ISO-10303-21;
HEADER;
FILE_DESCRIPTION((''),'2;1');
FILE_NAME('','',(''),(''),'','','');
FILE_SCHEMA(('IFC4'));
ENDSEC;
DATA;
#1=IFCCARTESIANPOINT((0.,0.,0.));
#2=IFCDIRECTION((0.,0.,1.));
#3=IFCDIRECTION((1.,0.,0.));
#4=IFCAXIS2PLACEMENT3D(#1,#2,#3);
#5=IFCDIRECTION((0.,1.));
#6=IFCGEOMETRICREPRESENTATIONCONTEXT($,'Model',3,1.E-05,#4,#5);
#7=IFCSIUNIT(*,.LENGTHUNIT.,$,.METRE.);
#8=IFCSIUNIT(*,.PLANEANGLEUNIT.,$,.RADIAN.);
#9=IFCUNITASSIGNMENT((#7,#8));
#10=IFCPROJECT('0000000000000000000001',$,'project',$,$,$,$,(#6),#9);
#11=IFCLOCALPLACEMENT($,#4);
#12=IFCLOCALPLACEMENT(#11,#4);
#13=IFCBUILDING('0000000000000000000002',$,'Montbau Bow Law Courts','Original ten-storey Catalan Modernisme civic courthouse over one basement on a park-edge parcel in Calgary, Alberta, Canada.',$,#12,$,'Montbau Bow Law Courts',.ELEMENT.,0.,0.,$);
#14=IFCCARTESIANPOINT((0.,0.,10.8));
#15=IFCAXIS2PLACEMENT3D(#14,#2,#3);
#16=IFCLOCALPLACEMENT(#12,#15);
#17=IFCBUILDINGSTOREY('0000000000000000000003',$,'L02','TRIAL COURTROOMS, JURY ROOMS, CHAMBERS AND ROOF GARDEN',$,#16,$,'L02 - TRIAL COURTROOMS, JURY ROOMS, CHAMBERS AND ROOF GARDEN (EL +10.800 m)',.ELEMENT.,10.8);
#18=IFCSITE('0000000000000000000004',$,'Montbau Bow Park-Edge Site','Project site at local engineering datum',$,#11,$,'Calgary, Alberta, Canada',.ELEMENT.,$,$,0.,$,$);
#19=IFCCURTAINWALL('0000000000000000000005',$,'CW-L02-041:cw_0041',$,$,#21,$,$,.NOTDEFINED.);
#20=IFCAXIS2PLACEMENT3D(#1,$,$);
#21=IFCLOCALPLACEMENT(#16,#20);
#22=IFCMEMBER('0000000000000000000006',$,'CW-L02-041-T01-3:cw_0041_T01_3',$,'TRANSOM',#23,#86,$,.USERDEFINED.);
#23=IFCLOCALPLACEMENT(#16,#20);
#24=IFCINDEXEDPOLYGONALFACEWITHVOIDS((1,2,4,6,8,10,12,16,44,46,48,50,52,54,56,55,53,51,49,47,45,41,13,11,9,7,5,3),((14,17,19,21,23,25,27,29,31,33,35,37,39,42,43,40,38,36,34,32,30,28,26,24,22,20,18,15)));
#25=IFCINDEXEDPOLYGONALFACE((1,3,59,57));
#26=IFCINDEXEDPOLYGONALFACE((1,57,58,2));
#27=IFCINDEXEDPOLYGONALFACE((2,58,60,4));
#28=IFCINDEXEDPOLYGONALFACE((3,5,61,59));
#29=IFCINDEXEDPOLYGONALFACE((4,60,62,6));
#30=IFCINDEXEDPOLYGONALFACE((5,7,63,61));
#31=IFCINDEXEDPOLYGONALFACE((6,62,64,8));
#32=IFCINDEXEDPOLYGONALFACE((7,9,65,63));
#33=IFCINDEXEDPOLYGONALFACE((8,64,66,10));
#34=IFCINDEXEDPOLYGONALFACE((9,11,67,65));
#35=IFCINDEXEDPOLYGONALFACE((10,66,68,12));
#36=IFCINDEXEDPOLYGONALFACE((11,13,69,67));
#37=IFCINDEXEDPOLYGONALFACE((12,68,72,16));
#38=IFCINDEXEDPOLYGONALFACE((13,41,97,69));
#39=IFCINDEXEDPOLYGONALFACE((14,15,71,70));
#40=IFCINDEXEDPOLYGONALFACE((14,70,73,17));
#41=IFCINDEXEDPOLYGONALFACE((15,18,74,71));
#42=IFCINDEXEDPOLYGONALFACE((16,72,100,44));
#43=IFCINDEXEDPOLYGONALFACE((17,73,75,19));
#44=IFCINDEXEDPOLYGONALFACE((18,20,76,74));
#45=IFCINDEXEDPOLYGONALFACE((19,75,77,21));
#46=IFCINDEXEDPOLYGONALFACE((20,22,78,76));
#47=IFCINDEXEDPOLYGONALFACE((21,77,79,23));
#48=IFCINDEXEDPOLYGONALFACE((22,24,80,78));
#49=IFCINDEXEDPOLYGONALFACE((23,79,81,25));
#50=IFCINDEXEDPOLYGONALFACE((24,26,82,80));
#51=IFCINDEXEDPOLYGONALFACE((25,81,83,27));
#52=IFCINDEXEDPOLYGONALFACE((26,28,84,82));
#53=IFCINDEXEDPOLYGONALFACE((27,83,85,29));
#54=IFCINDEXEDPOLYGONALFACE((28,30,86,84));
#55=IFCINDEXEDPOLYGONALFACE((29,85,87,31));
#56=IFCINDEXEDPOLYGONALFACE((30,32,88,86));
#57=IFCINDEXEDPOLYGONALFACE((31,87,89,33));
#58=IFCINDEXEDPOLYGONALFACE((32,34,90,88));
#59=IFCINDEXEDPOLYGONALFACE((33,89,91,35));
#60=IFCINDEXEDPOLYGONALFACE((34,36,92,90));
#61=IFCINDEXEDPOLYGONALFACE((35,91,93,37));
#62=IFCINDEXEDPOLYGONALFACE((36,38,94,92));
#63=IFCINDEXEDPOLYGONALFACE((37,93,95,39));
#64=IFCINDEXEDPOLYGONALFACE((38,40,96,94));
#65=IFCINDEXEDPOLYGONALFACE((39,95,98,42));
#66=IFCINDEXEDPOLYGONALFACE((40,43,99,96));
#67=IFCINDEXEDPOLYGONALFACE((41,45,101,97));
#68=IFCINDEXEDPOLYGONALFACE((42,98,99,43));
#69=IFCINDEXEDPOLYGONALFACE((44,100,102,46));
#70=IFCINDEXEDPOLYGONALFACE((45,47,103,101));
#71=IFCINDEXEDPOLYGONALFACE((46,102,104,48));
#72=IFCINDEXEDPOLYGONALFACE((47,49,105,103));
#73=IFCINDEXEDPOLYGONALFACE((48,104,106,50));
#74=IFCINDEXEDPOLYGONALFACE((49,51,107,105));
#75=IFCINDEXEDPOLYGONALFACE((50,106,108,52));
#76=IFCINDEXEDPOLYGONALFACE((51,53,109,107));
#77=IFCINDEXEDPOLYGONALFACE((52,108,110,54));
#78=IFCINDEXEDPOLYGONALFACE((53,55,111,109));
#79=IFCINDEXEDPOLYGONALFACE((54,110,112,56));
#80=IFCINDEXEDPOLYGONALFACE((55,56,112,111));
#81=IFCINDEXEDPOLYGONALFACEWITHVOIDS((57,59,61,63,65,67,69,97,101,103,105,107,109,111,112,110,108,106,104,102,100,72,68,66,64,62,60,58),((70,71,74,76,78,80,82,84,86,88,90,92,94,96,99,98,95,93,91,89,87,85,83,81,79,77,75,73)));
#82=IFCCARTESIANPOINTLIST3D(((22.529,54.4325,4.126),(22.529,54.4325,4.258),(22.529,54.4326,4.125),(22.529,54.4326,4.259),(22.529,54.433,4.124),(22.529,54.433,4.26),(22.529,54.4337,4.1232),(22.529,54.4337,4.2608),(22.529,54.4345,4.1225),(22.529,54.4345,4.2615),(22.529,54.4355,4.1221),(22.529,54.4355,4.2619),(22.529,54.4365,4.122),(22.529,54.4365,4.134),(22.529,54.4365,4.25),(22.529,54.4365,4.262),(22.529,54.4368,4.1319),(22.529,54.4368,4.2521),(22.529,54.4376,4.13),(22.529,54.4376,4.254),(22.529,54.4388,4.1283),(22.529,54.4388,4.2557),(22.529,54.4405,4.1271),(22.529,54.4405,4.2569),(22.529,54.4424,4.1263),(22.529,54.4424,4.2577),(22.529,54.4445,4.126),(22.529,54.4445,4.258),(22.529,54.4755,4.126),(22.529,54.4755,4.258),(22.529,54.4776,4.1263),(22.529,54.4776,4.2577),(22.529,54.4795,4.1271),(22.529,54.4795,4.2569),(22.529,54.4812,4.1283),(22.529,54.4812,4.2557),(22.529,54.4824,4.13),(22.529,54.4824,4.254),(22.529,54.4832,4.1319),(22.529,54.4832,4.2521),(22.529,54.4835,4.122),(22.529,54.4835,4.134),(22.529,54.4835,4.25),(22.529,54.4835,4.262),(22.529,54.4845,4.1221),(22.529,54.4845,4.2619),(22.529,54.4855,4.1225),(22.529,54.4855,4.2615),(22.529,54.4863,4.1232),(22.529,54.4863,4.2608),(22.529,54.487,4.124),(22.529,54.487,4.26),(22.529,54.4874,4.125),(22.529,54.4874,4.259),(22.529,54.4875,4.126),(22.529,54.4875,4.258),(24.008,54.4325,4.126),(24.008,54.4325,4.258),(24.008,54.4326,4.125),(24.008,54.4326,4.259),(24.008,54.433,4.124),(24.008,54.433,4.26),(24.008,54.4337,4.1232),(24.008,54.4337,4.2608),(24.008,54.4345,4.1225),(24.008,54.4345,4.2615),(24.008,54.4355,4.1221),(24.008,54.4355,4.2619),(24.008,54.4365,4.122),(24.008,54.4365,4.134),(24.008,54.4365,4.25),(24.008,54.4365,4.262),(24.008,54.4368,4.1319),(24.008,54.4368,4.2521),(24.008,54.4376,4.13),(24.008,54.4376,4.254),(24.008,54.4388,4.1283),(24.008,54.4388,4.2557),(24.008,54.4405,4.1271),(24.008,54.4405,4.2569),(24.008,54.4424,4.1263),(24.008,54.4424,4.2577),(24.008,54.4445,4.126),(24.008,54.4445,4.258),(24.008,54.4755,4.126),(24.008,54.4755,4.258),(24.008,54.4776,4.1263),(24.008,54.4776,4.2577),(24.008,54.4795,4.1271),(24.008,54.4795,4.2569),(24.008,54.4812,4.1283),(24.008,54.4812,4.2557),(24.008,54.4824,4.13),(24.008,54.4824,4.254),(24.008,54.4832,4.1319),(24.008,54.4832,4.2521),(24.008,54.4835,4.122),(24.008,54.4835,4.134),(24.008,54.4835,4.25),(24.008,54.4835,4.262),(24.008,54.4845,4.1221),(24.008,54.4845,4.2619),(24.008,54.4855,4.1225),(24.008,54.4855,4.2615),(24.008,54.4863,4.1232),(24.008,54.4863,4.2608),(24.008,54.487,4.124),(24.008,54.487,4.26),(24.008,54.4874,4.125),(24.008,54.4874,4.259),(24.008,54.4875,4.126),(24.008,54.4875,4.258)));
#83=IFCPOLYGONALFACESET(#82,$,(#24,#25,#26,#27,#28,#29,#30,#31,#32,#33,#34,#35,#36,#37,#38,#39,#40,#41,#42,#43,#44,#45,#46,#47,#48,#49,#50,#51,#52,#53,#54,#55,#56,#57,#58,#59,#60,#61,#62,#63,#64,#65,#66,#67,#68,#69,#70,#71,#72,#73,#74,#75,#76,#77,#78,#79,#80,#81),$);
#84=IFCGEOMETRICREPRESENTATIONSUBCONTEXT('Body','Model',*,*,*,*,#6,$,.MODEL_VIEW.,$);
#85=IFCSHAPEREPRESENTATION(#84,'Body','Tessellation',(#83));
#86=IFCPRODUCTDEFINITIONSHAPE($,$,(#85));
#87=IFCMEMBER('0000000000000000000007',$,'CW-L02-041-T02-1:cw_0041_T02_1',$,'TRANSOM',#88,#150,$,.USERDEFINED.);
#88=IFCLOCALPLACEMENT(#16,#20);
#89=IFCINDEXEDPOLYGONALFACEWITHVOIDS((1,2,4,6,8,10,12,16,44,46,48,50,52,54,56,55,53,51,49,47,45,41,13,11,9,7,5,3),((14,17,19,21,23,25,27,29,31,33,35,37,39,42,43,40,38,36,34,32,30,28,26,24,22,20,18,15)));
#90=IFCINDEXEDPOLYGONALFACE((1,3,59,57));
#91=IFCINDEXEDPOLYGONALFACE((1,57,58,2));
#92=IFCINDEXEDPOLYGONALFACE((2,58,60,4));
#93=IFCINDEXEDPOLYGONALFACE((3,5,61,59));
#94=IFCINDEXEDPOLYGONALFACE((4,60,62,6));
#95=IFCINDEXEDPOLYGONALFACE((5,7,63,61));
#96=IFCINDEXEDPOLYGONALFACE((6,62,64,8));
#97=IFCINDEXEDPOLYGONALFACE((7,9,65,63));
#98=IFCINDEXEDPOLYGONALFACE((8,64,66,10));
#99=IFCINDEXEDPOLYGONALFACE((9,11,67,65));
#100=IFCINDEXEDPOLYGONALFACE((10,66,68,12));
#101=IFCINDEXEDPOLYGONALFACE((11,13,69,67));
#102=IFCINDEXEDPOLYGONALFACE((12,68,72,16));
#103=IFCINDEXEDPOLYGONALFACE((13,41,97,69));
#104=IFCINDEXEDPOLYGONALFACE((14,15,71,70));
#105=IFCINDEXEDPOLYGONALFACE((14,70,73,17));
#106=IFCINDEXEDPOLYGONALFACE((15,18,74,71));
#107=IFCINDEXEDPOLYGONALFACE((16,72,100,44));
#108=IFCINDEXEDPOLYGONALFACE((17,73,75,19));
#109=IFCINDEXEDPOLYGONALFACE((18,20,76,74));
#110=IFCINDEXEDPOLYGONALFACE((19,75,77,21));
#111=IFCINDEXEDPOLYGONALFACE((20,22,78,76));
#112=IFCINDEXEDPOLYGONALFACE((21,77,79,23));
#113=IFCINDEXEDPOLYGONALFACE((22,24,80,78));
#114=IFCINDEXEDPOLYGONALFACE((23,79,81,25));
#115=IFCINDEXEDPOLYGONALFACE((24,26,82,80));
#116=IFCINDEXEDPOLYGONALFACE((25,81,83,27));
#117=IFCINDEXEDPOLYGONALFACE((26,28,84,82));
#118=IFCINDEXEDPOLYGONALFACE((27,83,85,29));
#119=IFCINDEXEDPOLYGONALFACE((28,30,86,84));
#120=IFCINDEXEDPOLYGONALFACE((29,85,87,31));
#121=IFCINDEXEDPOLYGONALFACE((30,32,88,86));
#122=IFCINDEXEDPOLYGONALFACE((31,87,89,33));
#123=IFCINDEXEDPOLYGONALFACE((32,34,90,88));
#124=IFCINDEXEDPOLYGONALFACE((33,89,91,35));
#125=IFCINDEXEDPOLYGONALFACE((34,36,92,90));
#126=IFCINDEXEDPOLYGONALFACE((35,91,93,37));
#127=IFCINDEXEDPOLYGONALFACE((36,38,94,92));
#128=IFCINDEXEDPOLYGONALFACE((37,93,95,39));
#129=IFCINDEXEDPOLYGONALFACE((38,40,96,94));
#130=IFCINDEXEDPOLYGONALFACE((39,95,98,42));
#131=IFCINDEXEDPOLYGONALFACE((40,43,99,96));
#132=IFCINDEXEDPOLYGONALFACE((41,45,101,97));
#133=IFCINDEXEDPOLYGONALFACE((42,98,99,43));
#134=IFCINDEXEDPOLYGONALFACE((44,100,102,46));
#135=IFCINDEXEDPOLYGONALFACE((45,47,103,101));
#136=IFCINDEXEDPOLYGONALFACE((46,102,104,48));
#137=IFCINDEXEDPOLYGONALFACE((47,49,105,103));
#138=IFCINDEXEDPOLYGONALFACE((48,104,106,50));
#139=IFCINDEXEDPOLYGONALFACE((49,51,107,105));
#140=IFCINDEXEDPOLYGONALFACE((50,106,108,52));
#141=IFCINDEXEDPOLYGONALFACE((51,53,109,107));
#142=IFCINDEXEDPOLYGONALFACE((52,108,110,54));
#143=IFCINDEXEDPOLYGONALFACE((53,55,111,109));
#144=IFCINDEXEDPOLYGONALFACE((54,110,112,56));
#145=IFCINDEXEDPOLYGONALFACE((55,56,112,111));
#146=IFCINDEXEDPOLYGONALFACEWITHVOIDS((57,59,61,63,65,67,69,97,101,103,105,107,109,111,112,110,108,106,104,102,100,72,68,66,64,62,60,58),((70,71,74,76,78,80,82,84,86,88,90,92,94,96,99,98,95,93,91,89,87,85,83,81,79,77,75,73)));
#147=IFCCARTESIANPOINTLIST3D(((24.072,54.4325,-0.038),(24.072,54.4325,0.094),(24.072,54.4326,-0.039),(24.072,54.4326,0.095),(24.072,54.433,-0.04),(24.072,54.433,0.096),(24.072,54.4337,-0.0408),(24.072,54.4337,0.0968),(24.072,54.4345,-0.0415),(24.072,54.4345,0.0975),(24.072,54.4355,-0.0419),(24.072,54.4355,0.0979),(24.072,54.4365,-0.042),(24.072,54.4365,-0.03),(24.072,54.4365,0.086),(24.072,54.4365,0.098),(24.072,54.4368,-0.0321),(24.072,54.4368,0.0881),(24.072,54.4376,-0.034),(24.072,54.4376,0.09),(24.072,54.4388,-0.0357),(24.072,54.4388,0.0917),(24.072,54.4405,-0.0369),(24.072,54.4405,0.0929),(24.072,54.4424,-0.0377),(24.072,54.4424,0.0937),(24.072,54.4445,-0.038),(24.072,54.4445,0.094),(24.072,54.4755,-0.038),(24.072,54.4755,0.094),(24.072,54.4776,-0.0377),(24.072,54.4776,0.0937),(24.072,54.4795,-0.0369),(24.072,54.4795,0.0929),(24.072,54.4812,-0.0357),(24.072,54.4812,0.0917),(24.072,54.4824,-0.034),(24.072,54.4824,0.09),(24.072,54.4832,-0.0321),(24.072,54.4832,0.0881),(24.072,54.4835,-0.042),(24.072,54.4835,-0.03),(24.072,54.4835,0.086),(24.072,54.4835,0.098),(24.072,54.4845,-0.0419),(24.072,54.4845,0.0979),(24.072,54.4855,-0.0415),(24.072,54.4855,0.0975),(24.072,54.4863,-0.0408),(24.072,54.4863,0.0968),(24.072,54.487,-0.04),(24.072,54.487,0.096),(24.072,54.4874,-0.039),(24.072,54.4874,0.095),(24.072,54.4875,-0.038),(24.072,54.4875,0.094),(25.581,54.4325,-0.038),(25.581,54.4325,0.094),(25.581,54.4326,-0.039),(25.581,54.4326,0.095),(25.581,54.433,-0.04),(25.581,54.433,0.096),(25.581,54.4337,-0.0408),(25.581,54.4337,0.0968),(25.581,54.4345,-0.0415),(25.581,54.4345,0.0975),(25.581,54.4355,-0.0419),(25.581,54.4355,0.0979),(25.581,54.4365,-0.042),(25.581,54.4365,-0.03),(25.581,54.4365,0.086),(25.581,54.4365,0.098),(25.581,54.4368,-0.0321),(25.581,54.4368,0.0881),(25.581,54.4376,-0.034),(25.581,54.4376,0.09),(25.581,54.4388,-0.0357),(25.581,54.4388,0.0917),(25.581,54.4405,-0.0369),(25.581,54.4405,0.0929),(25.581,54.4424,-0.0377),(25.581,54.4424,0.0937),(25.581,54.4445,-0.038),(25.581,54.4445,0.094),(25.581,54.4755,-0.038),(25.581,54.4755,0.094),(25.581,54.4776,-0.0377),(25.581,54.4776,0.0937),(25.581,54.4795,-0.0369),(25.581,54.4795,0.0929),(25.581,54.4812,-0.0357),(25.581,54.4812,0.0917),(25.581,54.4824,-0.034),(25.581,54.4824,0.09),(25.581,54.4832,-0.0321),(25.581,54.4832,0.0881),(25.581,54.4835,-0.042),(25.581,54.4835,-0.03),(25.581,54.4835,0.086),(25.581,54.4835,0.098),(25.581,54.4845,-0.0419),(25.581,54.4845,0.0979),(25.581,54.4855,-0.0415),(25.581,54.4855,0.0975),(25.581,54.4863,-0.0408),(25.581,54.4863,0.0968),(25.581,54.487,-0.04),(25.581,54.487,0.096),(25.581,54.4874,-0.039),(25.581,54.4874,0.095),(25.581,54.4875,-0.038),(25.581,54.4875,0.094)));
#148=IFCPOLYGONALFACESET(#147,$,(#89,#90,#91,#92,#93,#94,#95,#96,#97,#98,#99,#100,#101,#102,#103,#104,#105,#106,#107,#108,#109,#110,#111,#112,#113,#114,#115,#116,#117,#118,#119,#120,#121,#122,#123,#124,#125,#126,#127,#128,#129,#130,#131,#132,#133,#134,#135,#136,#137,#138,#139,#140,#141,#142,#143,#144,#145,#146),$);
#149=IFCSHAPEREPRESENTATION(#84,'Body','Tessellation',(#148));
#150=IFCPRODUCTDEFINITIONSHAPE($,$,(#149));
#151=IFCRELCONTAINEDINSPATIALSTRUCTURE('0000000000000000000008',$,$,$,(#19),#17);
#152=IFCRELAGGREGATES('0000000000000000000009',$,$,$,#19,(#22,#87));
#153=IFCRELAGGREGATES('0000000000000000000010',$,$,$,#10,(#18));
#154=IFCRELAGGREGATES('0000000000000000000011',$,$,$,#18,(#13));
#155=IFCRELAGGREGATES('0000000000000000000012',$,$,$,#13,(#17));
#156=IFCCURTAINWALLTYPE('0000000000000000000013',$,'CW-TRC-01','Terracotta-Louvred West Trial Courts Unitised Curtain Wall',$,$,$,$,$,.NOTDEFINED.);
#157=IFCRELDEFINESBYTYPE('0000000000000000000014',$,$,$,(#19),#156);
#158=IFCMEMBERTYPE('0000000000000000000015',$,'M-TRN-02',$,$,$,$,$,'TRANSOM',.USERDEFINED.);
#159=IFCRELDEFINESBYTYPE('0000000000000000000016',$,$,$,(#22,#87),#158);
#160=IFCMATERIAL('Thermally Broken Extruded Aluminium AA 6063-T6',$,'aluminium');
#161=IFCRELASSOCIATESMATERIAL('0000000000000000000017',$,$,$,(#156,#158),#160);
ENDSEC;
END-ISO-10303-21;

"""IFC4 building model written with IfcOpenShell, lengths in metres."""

from ifc_helpers import new_model, si_unit, direction, frame, origin_with_axes, origin_2d_with_axis, place, context, subcontext, project, spatial, hollow_rectangle, extrude, material, material_profile, profile_set, type_object, element, aggregate, save


model = new_model("IFC4")

# Units and contexts
model_context = context("Model", 3, precision=1e-05, world=origin_with_axes(), true_north=direction((0.0, 1.0)))
body_context = subcontext(model_context, "Body", "Model", "MODEL_VIEW")
ifc_project = project(units=[si_unit("LENGTHUNIT", "METRE"), si_unit("PLANEANGLEUNIT", "RADIAN")], contexts=[model_context])

# Site, building, storey
site_placement = place(None, origin_with_axes())
site = spatial("IfcSite", under=ifc_project, at=site_placement, Name="Montbau Bow Park-Edge Site", Description="Project site at local engineering datum", LongName="Calgary, Alberta, Canada", CompositionType="ELEMENT", RefElevation=0.0)
building_placement = place(site_placement, origin_with_axes())
building = spatial("IfcBuilding", under=site, at=building_placement, Name="Montbau Bow Law Courts", Description="Original ten-storey Catalan Modernisme civic courthouse over one basement on a park-edge parcel in Calgary, Alberta, Canada.", LongName="Montbau Bow Law Courts", CompositionType="ELEMENT", ElevationOfRefHeight=0.0, ElevationOfTerrain=0.0)
storey_placement = place(building_placement, frame((0.0, 0.0, 10.8), z_axis=(0.0, 0.0, 1.0), x_axis=(1.0, 0.0, 0.0)))
storey = spatial("IfcBuildingStorey", under=building, at=storey_placement, Name="L02", Description="TRIAL COURTROOMS, JURY ROOMS, CHAMBERS AND ROOF GARDEN", LongName="L02 - TRIAL COURTROOMS, JURY ROOMS, CHAMBERS AND ROOF GARDEN (EL +10.800 m)", CompositionType="ELEMENT", Elevation=10.8)

# Curtain wall, members
ifc_material_1 = material(Name="Thermally Broken Extruded Aluminium AA 6063-T6", Category="aluminium")
curtain_wall_type = type_object("IfcCurtainWallType", Name="CW-TRC-01", Description="Terracotta-Louvred West Trial Courts Unitised Curtain Wall", PredefinedType="NOTDEFINED", material=ifc_material_1)
curtain_wall_placement = place(None, frame((22.467, 54.46, 10.8), z_axis=(0.0, 0.0, 1.0), x_axis=(1.0, 0.0, 0.0)))
curtain_wall = element("IfcCurtainWall", 1, at=curtain_wall_placement, inside=storey, type_object=curtain_wall_type, Name="CW-L02-041:cw_0041", PredefinedType="NOTDEFINED")
ifc_material_profile_1 = material_profile(ifc_material_1, hollow_rectangle(XDim=0.055, YDim=0.14, WallThickness=0.004, InnerFilletRadius=0.008, OuterFilletRadius=0.004, at=origin_2d_with_axis()), Name="CWT-140X55", Category="Main", Priority=0)
ifc_profile_set_1 = profile_set([ifc_material_profile_1], Name="Thermally Broken Extruded Aluminium AA 6063-T6")
member_type_1 = type_object("IfcMemberType", Name="M-TRN-02", ElementType="TRANSOM", PredefinedType="USERDEFINED", material=ifc_profile_set_1)
member_1_placement = place(None, frame((22.529, 54.46, 14.992), z_axis=(1.0, 0.0, 0.0), x_axis=(0.0, 1.0, 0.0)))
member_1 = element("IfcMember", 2, at=member_1_placement, type_object=member_type_1, Name="CW-L02-041-T01-3:cw_0041_T01_3", ObjectType="TRANSOM", PredefinedType="USERDEFINED", context=body_context, shape_type="SweptSolid", body=[
    extrude(hollow_rectangle(XDim=0.055, YDim=0.14, WallThickness=0.004, InnerFilletRadius=0.008, OuterFilletRadius=0.004, at=origin_2d_with_axis()), origin_with_axes(), (0.0, 0.0, 1.0), 1.479),
])
member_2_placement = place(None, frame((24.072, 54.46, 10.828), z_axis=(1.0, 0.0, 0.0), x_axis=(0.0, 1.0, 0.0)))
member_2 = element("IfcMember", 3, at=member_2_placement, type_object=member_type_1, Name="CW-L02-041-T02-1:cw_0041_T02_1", ObjectType="TRANSOM", PredefinedType="USERDEFINED", context=body_context, shape_type="SweptSolid", body=[
    extrude(hollow_rectangle(XDim=0.055, YDim=0.14, WallThickness=0.004, InnerFilletRadius=0.008, OuterFilletRadius=0.004, at=origin_2d_with_axis()), origin_with_axes(), (0.0, 0.0, 1.0), 1.509),
])
aggregate(curtain_wall, [member_1, member_2])

save(model, "model.ifc")
